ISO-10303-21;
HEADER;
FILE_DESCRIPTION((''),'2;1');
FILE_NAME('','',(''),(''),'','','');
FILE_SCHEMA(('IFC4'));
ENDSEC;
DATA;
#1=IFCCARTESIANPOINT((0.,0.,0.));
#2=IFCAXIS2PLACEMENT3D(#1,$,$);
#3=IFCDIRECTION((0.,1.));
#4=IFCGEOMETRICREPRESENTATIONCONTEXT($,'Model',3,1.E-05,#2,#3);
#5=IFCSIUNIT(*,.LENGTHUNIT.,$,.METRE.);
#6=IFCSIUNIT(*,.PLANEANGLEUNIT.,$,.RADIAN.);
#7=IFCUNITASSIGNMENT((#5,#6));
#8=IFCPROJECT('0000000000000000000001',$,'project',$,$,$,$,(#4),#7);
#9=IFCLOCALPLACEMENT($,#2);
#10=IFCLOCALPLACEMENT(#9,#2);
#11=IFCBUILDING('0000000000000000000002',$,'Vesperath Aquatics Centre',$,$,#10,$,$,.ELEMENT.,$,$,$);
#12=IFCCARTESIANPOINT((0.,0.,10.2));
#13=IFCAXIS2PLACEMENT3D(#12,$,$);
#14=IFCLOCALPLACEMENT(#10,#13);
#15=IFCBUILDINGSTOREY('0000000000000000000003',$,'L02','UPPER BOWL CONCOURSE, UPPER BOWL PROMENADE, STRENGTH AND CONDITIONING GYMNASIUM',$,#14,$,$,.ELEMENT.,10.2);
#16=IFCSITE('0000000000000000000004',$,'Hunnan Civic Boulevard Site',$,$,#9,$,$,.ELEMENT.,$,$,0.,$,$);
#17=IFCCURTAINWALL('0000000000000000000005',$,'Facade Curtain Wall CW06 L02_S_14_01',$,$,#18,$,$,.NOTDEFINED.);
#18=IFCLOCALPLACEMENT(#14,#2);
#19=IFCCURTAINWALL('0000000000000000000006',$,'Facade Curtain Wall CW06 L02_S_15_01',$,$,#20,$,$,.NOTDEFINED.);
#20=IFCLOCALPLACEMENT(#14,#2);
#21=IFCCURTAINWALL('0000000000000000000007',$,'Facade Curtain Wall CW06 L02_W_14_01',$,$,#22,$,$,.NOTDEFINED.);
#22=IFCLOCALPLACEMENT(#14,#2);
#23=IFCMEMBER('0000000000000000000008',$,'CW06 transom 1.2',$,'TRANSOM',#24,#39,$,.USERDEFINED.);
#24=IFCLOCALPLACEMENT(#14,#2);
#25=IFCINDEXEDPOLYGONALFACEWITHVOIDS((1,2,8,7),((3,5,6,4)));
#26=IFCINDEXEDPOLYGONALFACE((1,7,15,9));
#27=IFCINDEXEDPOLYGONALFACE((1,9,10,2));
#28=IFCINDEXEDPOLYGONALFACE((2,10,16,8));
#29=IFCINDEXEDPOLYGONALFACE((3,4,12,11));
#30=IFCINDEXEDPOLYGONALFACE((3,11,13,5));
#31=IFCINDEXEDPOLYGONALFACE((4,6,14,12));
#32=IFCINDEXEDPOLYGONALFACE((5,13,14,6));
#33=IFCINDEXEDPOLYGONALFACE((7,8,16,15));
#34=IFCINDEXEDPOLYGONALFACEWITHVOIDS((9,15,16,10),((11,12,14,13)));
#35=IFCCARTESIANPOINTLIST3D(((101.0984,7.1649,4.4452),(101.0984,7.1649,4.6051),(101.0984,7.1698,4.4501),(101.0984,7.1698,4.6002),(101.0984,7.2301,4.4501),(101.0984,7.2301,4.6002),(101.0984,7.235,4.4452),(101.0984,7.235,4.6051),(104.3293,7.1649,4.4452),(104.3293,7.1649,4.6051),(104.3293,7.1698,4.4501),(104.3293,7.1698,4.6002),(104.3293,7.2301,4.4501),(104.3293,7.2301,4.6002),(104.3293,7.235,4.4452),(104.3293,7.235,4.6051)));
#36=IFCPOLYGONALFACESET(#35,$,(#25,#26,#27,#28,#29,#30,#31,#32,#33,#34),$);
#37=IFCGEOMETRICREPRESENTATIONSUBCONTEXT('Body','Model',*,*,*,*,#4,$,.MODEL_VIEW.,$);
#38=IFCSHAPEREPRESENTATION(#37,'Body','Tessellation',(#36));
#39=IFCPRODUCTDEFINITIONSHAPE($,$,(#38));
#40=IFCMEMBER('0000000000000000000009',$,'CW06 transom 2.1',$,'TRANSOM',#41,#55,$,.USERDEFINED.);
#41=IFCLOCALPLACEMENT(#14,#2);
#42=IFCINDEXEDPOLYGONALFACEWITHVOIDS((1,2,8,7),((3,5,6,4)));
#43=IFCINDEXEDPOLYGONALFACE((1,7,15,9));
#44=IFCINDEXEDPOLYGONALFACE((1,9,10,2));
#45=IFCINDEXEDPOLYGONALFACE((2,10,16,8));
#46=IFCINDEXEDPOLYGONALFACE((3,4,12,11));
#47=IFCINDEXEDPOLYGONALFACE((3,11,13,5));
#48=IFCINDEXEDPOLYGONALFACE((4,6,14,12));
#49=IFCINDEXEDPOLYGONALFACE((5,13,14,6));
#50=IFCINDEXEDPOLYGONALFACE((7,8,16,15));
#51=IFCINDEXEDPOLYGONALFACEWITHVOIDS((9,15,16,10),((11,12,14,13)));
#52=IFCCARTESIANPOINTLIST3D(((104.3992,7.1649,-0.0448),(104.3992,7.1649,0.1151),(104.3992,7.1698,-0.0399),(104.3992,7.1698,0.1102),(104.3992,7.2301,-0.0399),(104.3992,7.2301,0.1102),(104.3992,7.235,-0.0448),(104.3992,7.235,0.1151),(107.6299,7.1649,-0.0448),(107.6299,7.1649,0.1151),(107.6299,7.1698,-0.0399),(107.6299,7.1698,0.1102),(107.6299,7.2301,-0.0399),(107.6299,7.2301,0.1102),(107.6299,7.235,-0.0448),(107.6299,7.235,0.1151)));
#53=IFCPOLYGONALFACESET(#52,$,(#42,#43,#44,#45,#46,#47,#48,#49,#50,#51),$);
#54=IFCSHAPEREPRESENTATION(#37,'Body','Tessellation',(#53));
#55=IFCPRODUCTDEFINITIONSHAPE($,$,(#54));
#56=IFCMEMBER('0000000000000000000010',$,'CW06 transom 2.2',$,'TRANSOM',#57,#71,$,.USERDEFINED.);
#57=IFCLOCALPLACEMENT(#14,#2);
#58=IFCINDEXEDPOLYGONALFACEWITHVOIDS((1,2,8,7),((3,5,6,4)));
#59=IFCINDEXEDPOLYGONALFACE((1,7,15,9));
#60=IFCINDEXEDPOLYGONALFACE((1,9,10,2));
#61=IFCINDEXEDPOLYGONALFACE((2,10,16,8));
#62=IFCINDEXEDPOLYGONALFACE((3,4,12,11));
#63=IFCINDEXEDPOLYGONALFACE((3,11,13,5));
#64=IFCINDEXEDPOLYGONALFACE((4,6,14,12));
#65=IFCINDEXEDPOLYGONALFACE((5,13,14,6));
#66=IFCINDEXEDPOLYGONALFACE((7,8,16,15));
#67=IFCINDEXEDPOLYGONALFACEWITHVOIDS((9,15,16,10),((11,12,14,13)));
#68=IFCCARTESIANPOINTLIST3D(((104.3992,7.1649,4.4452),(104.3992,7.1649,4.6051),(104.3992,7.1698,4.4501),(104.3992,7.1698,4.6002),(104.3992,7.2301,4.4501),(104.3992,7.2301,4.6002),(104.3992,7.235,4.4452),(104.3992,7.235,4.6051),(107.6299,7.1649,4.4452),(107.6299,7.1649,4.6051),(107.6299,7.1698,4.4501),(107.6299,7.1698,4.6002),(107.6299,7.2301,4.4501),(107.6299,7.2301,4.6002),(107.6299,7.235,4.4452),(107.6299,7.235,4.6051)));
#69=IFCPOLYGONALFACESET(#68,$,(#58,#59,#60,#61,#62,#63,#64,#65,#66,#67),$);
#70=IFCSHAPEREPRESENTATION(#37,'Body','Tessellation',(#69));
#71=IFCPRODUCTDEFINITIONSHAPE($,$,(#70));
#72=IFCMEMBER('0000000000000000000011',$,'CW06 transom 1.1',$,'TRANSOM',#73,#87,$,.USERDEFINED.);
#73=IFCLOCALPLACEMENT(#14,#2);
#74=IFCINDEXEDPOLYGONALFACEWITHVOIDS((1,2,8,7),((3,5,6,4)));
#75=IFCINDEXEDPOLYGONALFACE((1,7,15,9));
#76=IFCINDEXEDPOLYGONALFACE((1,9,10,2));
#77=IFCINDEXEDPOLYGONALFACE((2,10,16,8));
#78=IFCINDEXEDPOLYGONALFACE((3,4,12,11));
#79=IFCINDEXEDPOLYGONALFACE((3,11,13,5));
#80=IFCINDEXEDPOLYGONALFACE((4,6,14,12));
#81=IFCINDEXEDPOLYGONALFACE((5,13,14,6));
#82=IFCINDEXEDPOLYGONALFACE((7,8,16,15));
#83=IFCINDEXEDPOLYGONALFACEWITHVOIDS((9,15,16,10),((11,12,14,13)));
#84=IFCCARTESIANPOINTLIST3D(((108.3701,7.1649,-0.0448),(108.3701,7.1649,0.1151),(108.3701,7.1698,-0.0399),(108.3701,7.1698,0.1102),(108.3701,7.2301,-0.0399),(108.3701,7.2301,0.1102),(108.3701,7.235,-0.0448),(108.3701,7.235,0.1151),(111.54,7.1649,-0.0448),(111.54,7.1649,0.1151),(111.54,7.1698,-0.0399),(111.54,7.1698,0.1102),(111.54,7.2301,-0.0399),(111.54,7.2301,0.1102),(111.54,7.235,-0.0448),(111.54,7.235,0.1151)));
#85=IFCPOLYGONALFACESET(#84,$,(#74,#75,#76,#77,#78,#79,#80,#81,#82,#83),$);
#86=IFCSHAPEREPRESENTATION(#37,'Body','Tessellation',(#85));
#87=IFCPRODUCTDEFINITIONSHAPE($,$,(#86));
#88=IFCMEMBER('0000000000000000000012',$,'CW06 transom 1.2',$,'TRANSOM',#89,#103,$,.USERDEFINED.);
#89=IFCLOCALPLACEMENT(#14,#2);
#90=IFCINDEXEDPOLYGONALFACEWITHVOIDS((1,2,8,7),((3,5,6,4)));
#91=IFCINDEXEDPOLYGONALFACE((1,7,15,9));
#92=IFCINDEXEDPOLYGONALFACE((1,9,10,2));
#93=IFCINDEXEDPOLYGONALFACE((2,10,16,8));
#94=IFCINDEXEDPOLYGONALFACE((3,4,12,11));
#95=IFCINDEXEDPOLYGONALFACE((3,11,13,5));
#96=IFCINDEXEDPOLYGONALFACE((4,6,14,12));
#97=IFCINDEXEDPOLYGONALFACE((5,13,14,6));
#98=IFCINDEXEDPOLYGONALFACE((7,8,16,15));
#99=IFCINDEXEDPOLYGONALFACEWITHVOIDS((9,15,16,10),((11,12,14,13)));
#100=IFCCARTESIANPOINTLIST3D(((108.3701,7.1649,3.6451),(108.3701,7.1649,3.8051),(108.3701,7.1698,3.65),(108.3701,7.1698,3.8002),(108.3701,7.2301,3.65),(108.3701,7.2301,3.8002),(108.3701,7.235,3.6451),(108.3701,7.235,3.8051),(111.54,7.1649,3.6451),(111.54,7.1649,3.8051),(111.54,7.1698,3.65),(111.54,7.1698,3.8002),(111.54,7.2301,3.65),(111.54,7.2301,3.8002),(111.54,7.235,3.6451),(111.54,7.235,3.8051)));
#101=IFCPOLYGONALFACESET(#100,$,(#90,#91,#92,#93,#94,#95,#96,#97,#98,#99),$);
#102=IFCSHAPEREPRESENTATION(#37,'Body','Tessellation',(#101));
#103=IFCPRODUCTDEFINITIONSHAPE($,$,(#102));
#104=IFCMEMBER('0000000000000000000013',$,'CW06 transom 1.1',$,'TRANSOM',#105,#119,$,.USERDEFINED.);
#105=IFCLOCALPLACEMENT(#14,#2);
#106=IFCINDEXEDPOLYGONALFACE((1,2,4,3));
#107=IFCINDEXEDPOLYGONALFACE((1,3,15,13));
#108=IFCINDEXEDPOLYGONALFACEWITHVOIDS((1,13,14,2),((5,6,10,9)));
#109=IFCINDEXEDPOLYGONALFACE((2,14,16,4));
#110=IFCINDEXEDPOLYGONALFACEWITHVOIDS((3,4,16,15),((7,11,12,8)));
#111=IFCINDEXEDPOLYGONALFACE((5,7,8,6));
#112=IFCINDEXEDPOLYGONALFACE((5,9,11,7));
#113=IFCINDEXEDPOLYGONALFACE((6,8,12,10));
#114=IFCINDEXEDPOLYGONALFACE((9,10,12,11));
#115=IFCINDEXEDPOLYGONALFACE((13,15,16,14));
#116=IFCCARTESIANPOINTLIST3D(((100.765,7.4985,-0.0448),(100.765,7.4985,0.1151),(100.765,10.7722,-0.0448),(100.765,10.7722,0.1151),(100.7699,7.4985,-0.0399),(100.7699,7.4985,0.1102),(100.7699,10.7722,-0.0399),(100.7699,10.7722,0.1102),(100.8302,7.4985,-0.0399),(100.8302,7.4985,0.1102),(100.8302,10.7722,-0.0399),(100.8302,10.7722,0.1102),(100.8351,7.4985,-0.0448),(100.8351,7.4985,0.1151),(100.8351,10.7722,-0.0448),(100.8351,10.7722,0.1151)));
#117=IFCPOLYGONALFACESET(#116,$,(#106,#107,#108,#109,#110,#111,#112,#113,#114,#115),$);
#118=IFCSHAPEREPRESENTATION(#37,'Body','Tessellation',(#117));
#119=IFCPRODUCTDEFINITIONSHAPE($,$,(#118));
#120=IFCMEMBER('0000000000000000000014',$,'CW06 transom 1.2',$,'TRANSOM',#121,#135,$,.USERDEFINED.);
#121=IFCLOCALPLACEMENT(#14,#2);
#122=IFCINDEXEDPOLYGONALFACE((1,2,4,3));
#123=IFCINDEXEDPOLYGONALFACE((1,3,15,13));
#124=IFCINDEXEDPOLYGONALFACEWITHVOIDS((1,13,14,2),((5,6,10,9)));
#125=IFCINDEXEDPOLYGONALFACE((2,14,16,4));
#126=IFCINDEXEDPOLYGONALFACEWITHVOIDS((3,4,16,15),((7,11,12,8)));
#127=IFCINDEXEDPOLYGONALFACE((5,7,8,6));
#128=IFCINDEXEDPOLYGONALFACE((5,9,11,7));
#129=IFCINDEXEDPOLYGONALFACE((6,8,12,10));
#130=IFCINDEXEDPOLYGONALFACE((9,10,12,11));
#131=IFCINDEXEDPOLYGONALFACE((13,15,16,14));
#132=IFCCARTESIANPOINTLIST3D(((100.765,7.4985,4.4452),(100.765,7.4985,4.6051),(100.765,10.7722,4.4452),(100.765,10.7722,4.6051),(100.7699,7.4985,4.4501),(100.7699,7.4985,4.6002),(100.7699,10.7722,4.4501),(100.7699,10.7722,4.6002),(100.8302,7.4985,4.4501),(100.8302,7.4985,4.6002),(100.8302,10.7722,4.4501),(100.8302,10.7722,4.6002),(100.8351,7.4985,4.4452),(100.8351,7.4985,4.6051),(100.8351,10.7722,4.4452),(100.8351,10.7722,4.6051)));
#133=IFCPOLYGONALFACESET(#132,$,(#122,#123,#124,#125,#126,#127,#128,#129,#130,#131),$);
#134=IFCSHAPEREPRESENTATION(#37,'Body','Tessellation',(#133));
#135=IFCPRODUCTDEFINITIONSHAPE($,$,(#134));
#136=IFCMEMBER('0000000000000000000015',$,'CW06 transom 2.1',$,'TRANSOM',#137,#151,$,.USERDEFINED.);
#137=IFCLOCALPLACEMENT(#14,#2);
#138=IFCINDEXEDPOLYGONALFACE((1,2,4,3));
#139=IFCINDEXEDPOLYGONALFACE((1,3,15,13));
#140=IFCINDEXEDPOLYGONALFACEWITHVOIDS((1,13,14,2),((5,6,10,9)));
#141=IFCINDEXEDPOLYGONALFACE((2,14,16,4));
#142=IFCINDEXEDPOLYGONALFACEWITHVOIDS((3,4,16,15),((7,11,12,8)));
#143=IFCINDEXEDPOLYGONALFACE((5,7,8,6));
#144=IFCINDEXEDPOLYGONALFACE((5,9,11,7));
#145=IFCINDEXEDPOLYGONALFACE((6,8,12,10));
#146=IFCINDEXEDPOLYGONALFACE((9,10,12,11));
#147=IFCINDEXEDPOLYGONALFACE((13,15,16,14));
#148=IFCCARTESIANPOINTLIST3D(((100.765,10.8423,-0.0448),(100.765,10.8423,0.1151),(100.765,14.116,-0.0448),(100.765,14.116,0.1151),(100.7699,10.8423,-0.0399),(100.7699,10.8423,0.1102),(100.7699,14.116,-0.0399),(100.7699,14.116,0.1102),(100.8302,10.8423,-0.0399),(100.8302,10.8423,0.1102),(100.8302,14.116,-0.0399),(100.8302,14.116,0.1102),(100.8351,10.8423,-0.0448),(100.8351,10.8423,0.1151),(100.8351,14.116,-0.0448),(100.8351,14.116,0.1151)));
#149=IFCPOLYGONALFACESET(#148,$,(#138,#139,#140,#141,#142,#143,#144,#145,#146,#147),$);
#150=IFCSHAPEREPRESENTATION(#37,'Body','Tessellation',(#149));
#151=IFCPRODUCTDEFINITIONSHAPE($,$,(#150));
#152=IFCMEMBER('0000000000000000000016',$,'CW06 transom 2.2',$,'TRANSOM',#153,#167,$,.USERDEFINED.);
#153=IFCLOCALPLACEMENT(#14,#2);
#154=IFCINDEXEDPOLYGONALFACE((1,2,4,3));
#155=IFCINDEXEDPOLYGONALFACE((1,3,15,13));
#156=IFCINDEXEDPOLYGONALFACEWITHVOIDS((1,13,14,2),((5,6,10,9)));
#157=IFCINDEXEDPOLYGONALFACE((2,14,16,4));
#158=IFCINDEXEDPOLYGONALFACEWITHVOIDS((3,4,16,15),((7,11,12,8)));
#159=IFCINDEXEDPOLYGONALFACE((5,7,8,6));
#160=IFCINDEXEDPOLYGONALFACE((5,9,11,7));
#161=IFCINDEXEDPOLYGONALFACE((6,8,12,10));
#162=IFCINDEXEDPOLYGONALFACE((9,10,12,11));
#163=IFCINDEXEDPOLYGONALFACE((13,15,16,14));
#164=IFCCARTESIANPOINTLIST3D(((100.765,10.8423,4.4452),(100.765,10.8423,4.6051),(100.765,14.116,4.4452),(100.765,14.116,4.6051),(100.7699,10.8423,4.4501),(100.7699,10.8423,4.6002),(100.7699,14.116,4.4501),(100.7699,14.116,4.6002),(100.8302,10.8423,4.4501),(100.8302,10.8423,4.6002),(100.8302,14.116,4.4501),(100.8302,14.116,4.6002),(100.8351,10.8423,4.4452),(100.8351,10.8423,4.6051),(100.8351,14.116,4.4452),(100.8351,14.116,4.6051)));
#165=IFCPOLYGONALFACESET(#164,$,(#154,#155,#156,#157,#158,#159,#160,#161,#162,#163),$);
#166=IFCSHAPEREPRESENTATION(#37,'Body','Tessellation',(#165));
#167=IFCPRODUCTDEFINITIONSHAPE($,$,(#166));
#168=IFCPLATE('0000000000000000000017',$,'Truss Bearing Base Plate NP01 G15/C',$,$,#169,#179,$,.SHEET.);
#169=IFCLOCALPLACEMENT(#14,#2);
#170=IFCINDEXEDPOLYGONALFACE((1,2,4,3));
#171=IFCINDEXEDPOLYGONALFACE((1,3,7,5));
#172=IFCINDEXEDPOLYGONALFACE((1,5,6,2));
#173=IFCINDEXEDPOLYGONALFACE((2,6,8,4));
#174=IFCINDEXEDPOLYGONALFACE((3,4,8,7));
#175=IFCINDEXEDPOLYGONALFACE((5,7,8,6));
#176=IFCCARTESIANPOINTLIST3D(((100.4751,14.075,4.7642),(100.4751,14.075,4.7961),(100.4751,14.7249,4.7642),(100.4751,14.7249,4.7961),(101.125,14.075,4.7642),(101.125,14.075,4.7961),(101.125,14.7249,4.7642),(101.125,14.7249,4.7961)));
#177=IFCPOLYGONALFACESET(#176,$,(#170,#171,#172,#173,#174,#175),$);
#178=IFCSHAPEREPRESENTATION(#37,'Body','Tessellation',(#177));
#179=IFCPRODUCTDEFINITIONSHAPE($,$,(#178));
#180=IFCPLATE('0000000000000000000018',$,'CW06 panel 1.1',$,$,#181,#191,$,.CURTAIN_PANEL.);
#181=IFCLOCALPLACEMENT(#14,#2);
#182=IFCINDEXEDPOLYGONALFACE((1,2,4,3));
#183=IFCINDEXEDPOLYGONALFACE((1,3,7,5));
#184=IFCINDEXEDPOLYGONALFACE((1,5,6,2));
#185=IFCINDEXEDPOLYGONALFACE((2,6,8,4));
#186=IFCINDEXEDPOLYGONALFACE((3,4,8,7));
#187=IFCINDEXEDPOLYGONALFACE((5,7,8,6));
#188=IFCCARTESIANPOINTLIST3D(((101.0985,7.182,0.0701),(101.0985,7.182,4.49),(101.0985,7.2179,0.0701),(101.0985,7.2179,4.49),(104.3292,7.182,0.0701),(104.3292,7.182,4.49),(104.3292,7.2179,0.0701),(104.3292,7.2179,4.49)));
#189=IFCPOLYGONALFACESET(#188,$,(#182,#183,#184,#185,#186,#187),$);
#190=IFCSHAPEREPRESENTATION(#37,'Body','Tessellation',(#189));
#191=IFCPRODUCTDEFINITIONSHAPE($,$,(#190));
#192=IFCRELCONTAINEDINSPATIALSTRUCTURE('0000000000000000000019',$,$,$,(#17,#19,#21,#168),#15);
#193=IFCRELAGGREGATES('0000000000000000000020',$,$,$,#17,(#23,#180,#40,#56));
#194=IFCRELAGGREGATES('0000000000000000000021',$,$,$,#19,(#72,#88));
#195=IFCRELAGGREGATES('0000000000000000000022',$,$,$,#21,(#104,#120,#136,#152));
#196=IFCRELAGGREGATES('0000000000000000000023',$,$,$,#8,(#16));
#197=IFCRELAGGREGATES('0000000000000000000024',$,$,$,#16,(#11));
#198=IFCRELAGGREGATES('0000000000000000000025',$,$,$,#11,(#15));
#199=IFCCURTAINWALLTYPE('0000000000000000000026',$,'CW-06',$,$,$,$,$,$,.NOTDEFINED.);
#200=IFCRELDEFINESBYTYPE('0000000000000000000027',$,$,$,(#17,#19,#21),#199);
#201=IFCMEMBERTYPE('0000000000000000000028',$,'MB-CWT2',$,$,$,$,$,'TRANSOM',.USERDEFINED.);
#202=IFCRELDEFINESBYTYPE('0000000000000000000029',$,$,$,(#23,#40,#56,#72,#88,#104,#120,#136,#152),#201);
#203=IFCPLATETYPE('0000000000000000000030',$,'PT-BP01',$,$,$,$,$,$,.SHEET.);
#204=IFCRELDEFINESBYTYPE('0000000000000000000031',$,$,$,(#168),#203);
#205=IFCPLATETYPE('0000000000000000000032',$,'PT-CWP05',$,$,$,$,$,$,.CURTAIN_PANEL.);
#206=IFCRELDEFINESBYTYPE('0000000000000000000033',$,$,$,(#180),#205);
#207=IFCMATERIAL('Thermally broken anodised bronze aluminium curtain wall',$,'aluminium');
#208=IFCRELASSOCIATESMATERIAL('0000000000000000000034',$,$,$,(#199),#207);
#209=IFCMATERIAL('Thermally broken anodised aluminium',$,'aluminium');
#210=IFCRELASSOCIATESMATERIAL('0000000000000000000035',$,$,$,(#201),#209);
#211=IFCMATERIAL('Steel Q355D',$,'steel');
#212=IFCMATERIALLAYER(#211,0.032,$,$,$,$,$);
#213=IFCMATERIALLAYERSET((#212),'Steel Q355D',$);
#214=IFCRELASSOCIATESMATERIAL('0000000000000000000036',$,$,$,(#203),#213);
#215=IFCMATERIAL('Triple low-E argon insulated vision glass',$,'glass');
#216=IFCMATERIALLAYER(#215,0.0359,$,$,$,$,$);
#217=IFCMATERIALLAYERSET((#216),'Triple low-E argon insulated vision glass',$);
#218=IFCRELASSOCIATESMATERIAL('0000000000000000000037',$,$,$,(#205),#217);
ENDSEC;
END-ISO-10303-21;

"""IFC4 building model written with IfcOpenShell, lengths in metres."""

from ifc_helpers import new_model, si_unit, direction, frame, origin, origin_2d, place, context, subcontext, project, spatial, rectangle, hollow_rectangle, extrude, material, layer, layer_set, material_profile, profile_set, type_object, element, aggregate, save


model = new_model("IFC4")

# Units and contexts
model_context = context("Model", 3, precision=1e-05, world=origin(), true_north=direction((0.0, 1.0)))
body_context = subcontext(model_context, "Body", "Model", "MODEL_VIEW")
ifc_project = project(units=[si_unit("LENGTHUNIT", "METRE"), si_unit("PLANEANGLEUNIT", "RADIAN")], contexts=[model_context])

# Site, building, storey
site_placement = place(None, origin())
site = spatial("IfcSite", under=ifc_project, at=site_placement, Name="Hunnan Civic Boulevard Site", CompositionType="ELEMENT", RefElevation=0.0)
building_placement = place(site_placement, origin())
building = spatial("IfcBuilding", under=site, at=building_placement, Name="Vesperath Aquatics Centre", CompositionType="ELEMENT")
storey_placement = place(building_placement, frame((0.0, 0.0, 10.2)))
storey = spatial("IfcBuildingStorey", under=building, at=storey_placement, Name="L02", Description="UPPER BOWL CONCOURSE, UPPER BOWL PROMENADE, STRENGTH AND CONDITIONING GYMNASIUM", CompositionType="ELEMENT", Elevation=10.2)

# Shared definitions
ifc_material_1 = material(Name="Steel Q355D", Category="steel")

# Curtain wall
ifc_material_2 = material(Name="Thermally broken anodised bronze aluminium curtain wall", Category="aluminium")
curtain_wall_type = type_object("IfcCurtainWallType", Name="CW-06", PredefinedType="NOTDEFINED", material=ifc_material_2)
curtain_wall_1_placement = place(storey_placement, origin())
curtain_wall_1 = element("IfcCurtainWall", 1, at=curtain_wall_1_placement, inside=storey, type_object=curtain_wall_type, Name="Facade Curtain Wall CW06 L02_S_14_01", PredefinedType="NOTDEFINED")
ifc_material_3 = material(Name="Thermally broken anodised aluminium", Category="aluminium")

# Curtain wall
curtain_wall_2_placement = place(storey_placement, origin())
curtain_wall_2 = element("IfcCurtainWall", 2, at=curtain_wall_2_placement, inside=storey, type_object=curtain_wall_type, Name="Facade Curtain Wall CW06 L02_S_15_01", PredefinedType="NOTDEFINED")

# Curtain wall
curtain_wall_3_placement = place(storey_placement, origin())
curtain_wall_3 = element("IfcCurtainWall", 3, at=curtain_wall_3_placement, inside=storey, type_object=curtain_wall_type, Name="Facade Curtain Wall CW06 L02_W_14_01", PredefinedType="NOTDEFINED")

# Members
ifc_material_profile_1 = material_profile(ifc_material_3, hollow_rectangle(XDim=0.0701, YDim=0.1599, WallThickness=0.0049, at=origin_2d()), Name="CWT 70x160x5")
ifc_profile_set_1 = profile_set([ifc_material_profile_1], Name="Thermally broken anodised aluminium")
member_type_1 = type_object("IfcMemberType", Name="MB-CWT2", ElementType="TRANSOM", PredefinedType="USERDEFINED", material=ifc_profile_set_1)
member_1_placement = place(storey_placement, frame((101.0984, 7.2, 4.5251), z_axis=(1.0, 0.0, 0.0), x_axis=(0.0, 1.0, 0.0)))
member_1 = element("IfcMember", 4, at=member_1_placement, type_object=member_type_1, Name="CW06 transom 1.2", ObjectType="TRANSOM", PredefinedType="USERDEFINED", context=body_context, shape_type="SweptSolid", body=[
    extrude(hollow_rectangle(XDim=0.0701, YDim=0.1599, WallThickness=0.0049, at=origin_2d()), origin(), (0.0, 0.0, 1.0), 3.231),
])
member_2_placement = place(storey_placement, frame((104.3992, 7.2, 0.0352), z_axis=(1.0, 0.0, 0.0), x_axis=(0.0, 1.0, 0.0)))
member_2 = element("IfcMember", 5, at=member_2_placement, type_object=member_type_1, Name="CW06 transom 2.1", ObjectType="TRANSOM", PredefinedType="USERDEFINED", context=body_context, shape_type="SweptSolid", body=[
    extrude(hollow_rectangle(XDim=0.0701, YDim=0.1599, WallThickness=0.0049, at=origin_2d()), origin(), (0.0, 0.0, 1.0), 3.2307),
])
member_3_placement = place(storey_placement, frame((104.3992, 7.2, 4.5251), z_axis=(1.0, 0.0, 0.0), x_axis=(0.0, 1.0, 0.0)))
member_3 = element("IfcMember", 6, at=member_3_placement, type_object=member_type_1, Name="CW06 transom 2.2", ObjectType="TRANSOM", PredefinedType="USERDEFINED", context=body_context, shape_type="SweptSolid", body=[
    extrude(hollow_rectangle(XDim=0.0701, YDim=0.1599, WallThickness=0.0049, at=origin_2d()), origin(), (0.0, 0.0, 1.0), 3.2307),
])
member_4_placement = place(storey_placement, frame((108.3701, 7.2, 0.0352), z_axis=(1.0, 0.0, 0.0), x_axis=(0.0, 1.0, 0.0)))
member_4 = element("IfcMember", 7, at=member_4_placement, type_object=member_type_1, Name="CW06 transom 1.1", ObjectType="TRANSOM", PredefinedType="USERDEFINED", context=body_context, shape_type="SweptSolid", body=[
    extrude(hollow_rectangle(XDim=0.0701, YDim=0.1599, WallThickness=0.0049, at=origin_2d()), origin(), (0.0, 0.0, 1.0), 3.1699),
])
member_5_placement = place(storey_placement, frame((108.3701, 7.2, 3.7251), z_axis=(1.0, 0.0, 0.0), x_axis=(0.0, 1.0, 0.0)))
member_5 = element("IfcMember", 8, at=member_5_placement, type_object=member_type_1, Name="CW06 transom 1.2", ObjectType="TRANSOM", PredefinedType="USERDEFINED", context=body_context, shape_type="SweptSolid", body=[
    extrude(hollow_rectangle(XDim=0.0701, YDim=0.1599, WallThickness=0.0049, at=origin_2d()), origin(), (0.0, 0.0, 1.0), 3.1699),
])
member_6_placement = place(storey_placement, frame((100.8, 7.4985, 0.0352), z_axis=(0.0, 1.0, 0.0), x_axis=(-1.0, 0.0, 0.0)))
member_6 = element("IfcMember", 9, at=member_6_placement, type_object=member_type_1, Name="CW06 transom 1.1", ObjectType="TRANSOM", PredefinedType="USERDEFINED", context=body_context, shape_type="SweptSolid", body=[
    extrude(hollow_rectangle(XDim=0.0701, YDim=0.1599, WallThickness=0.0049, at=origin_2d()), origin(), (0.0, 0.0, 1.0), 3.2737),
])
member_7_placement = place(storey_placement, frame((100.8, 7.4985, 4.5251), z_axis=(0.0, 1.0, 0.0), x_axis=(-1.0, 0.0, 0.0)))
member_7 = element("IfcMember", 10, at=member_7_placement, type_object=member_type_1, Name="CW06 transom 1.2", ObjectType="TRANSOM", PredefinedType="USERDEFINED", context=body_context, shape_type="SweptSolid", body=[
    extrude(hollow_rectangle(XDim=0.0701, YDim=0.1599, WallThickness=0.0049, at=origin_2d()), origin(), (0.0, 0.0, 1.0), 3.2737),
])
member_8_placement = place(storey_placement, frame((100.8, 10.8423, 0.0352), z_axis=(0.0, 1.0, 0.0), x_axis=(-1.0, 0.0, 0.0)))
member_8 = element("IfcMember", 11, at=member_8_placement, type_object=member_type_1, Name="CW06 transom 2.1", ObjectType="TRANSOM", PredefinedType="USERDEFINED", context=body_context, shape_type="SweptSolid", body=[
    extrude(hollow_rectangle(XDim=0.0701, YDim=0.1599, WallThickness=0.0049, at=origin_2d()), origin(), (0.0, 0.0, 1.0), 3.2737),
])
member_9_placement = place(storey_placement, frame((100.8, 10.8423, 4.5251), z_axis=(0.0, 1.0, 0.0), x_axis=(-1.0, 0.0, 0.0)))
member_9 = element("IfcMember", 12, at=member_9_placement, type_object=member_type_1, Name="CW06 transom 2.2", ObjectType="TRANSOM", PredefinedType="USERDEFINED", context=body_context, shape_type="SweptSolid", body=[
    extrude(hollow_rectangle(XDim=0.0701, YDim=0.1599, WallThickness=0.0049, at=origin_2d()), origin(), (0.0, 0.0, 1.0), 3.2737),
])

# Plates
ifc_layer_1 = layer(ifc_material_1, 0.032)
ifc_layer_set_1 = layer_set([ifc_layer_1], Name="Steel Q355D")
plate_type_1 = type_object("IfcPlateType", Name="PT-BP01", PredefinedType="SHEET", material=ifc_layer_set_1)
plate_1_placement = place(storey_placement, frame((100.8, 14.3999, 4.7642), z_axis=(0.0, 0.0, 1.0), x_axis=(1.0, 0.0, 0.0)))
element("IfcPlate", 13, at=plate_1_placement, inside=storey, type_object=plate_type_1, Name="Truss Bearing Base Plate NP01 G15/C", PredefinedType="SHEET", context=body_context, shape_type="SweptSolid", body=[
    extrude(rectangle(XDim=0.6499, YDim=0.6499, at=origin_2d()), origin(), (0.0, 0.0, 1.0), 0.032),
])
ifc_material_4 = material(Name="Triple low-E argon insulated vision glass", Category="glass")
ifc_layer_2 = layer(ifc_material_4, 0.0359)
ifc_layer_set_2 = layer_set([ifc_layer_2], Name="Triple low-E argon insulated vision glass")
plate_type_2 = type_object("IfcPlateType", Name="PT-CWP05", PredefinedType="CURTAIN_PANEL", material=ifc_layer_set_2)
plate_2_placement = place(storey_placement, frame((102.7139, 7.2, 0.0701), z_axis=(0.0, 0.0, 1.0), x_axis=(1.0, 0.0, 0.0)))
plate_2 = element("IfcPlate", 14, at=plate_2_placement, type_object=plate_type_2, Name="CW06 panel 1.1", PredefinedType="CURTAIN_PANEL", context=body_context, shape_type="SweptSolid", body=[
    extrude(rectangle(XDim=3.2307, YDim=0.0359, at=origin_2d()), origin(), (0.0, 0.0, 1.0), 4.4199),
])
aggregate(curtain_wall_1, [member_1, plate_2, member_2, member_3])
aggregate(curtain_wall_2, [member_4, member_5])
aggregate(curtain_wall_3, [member_6, member_7, member_8, member_9])

save(model, "model.ifc")
